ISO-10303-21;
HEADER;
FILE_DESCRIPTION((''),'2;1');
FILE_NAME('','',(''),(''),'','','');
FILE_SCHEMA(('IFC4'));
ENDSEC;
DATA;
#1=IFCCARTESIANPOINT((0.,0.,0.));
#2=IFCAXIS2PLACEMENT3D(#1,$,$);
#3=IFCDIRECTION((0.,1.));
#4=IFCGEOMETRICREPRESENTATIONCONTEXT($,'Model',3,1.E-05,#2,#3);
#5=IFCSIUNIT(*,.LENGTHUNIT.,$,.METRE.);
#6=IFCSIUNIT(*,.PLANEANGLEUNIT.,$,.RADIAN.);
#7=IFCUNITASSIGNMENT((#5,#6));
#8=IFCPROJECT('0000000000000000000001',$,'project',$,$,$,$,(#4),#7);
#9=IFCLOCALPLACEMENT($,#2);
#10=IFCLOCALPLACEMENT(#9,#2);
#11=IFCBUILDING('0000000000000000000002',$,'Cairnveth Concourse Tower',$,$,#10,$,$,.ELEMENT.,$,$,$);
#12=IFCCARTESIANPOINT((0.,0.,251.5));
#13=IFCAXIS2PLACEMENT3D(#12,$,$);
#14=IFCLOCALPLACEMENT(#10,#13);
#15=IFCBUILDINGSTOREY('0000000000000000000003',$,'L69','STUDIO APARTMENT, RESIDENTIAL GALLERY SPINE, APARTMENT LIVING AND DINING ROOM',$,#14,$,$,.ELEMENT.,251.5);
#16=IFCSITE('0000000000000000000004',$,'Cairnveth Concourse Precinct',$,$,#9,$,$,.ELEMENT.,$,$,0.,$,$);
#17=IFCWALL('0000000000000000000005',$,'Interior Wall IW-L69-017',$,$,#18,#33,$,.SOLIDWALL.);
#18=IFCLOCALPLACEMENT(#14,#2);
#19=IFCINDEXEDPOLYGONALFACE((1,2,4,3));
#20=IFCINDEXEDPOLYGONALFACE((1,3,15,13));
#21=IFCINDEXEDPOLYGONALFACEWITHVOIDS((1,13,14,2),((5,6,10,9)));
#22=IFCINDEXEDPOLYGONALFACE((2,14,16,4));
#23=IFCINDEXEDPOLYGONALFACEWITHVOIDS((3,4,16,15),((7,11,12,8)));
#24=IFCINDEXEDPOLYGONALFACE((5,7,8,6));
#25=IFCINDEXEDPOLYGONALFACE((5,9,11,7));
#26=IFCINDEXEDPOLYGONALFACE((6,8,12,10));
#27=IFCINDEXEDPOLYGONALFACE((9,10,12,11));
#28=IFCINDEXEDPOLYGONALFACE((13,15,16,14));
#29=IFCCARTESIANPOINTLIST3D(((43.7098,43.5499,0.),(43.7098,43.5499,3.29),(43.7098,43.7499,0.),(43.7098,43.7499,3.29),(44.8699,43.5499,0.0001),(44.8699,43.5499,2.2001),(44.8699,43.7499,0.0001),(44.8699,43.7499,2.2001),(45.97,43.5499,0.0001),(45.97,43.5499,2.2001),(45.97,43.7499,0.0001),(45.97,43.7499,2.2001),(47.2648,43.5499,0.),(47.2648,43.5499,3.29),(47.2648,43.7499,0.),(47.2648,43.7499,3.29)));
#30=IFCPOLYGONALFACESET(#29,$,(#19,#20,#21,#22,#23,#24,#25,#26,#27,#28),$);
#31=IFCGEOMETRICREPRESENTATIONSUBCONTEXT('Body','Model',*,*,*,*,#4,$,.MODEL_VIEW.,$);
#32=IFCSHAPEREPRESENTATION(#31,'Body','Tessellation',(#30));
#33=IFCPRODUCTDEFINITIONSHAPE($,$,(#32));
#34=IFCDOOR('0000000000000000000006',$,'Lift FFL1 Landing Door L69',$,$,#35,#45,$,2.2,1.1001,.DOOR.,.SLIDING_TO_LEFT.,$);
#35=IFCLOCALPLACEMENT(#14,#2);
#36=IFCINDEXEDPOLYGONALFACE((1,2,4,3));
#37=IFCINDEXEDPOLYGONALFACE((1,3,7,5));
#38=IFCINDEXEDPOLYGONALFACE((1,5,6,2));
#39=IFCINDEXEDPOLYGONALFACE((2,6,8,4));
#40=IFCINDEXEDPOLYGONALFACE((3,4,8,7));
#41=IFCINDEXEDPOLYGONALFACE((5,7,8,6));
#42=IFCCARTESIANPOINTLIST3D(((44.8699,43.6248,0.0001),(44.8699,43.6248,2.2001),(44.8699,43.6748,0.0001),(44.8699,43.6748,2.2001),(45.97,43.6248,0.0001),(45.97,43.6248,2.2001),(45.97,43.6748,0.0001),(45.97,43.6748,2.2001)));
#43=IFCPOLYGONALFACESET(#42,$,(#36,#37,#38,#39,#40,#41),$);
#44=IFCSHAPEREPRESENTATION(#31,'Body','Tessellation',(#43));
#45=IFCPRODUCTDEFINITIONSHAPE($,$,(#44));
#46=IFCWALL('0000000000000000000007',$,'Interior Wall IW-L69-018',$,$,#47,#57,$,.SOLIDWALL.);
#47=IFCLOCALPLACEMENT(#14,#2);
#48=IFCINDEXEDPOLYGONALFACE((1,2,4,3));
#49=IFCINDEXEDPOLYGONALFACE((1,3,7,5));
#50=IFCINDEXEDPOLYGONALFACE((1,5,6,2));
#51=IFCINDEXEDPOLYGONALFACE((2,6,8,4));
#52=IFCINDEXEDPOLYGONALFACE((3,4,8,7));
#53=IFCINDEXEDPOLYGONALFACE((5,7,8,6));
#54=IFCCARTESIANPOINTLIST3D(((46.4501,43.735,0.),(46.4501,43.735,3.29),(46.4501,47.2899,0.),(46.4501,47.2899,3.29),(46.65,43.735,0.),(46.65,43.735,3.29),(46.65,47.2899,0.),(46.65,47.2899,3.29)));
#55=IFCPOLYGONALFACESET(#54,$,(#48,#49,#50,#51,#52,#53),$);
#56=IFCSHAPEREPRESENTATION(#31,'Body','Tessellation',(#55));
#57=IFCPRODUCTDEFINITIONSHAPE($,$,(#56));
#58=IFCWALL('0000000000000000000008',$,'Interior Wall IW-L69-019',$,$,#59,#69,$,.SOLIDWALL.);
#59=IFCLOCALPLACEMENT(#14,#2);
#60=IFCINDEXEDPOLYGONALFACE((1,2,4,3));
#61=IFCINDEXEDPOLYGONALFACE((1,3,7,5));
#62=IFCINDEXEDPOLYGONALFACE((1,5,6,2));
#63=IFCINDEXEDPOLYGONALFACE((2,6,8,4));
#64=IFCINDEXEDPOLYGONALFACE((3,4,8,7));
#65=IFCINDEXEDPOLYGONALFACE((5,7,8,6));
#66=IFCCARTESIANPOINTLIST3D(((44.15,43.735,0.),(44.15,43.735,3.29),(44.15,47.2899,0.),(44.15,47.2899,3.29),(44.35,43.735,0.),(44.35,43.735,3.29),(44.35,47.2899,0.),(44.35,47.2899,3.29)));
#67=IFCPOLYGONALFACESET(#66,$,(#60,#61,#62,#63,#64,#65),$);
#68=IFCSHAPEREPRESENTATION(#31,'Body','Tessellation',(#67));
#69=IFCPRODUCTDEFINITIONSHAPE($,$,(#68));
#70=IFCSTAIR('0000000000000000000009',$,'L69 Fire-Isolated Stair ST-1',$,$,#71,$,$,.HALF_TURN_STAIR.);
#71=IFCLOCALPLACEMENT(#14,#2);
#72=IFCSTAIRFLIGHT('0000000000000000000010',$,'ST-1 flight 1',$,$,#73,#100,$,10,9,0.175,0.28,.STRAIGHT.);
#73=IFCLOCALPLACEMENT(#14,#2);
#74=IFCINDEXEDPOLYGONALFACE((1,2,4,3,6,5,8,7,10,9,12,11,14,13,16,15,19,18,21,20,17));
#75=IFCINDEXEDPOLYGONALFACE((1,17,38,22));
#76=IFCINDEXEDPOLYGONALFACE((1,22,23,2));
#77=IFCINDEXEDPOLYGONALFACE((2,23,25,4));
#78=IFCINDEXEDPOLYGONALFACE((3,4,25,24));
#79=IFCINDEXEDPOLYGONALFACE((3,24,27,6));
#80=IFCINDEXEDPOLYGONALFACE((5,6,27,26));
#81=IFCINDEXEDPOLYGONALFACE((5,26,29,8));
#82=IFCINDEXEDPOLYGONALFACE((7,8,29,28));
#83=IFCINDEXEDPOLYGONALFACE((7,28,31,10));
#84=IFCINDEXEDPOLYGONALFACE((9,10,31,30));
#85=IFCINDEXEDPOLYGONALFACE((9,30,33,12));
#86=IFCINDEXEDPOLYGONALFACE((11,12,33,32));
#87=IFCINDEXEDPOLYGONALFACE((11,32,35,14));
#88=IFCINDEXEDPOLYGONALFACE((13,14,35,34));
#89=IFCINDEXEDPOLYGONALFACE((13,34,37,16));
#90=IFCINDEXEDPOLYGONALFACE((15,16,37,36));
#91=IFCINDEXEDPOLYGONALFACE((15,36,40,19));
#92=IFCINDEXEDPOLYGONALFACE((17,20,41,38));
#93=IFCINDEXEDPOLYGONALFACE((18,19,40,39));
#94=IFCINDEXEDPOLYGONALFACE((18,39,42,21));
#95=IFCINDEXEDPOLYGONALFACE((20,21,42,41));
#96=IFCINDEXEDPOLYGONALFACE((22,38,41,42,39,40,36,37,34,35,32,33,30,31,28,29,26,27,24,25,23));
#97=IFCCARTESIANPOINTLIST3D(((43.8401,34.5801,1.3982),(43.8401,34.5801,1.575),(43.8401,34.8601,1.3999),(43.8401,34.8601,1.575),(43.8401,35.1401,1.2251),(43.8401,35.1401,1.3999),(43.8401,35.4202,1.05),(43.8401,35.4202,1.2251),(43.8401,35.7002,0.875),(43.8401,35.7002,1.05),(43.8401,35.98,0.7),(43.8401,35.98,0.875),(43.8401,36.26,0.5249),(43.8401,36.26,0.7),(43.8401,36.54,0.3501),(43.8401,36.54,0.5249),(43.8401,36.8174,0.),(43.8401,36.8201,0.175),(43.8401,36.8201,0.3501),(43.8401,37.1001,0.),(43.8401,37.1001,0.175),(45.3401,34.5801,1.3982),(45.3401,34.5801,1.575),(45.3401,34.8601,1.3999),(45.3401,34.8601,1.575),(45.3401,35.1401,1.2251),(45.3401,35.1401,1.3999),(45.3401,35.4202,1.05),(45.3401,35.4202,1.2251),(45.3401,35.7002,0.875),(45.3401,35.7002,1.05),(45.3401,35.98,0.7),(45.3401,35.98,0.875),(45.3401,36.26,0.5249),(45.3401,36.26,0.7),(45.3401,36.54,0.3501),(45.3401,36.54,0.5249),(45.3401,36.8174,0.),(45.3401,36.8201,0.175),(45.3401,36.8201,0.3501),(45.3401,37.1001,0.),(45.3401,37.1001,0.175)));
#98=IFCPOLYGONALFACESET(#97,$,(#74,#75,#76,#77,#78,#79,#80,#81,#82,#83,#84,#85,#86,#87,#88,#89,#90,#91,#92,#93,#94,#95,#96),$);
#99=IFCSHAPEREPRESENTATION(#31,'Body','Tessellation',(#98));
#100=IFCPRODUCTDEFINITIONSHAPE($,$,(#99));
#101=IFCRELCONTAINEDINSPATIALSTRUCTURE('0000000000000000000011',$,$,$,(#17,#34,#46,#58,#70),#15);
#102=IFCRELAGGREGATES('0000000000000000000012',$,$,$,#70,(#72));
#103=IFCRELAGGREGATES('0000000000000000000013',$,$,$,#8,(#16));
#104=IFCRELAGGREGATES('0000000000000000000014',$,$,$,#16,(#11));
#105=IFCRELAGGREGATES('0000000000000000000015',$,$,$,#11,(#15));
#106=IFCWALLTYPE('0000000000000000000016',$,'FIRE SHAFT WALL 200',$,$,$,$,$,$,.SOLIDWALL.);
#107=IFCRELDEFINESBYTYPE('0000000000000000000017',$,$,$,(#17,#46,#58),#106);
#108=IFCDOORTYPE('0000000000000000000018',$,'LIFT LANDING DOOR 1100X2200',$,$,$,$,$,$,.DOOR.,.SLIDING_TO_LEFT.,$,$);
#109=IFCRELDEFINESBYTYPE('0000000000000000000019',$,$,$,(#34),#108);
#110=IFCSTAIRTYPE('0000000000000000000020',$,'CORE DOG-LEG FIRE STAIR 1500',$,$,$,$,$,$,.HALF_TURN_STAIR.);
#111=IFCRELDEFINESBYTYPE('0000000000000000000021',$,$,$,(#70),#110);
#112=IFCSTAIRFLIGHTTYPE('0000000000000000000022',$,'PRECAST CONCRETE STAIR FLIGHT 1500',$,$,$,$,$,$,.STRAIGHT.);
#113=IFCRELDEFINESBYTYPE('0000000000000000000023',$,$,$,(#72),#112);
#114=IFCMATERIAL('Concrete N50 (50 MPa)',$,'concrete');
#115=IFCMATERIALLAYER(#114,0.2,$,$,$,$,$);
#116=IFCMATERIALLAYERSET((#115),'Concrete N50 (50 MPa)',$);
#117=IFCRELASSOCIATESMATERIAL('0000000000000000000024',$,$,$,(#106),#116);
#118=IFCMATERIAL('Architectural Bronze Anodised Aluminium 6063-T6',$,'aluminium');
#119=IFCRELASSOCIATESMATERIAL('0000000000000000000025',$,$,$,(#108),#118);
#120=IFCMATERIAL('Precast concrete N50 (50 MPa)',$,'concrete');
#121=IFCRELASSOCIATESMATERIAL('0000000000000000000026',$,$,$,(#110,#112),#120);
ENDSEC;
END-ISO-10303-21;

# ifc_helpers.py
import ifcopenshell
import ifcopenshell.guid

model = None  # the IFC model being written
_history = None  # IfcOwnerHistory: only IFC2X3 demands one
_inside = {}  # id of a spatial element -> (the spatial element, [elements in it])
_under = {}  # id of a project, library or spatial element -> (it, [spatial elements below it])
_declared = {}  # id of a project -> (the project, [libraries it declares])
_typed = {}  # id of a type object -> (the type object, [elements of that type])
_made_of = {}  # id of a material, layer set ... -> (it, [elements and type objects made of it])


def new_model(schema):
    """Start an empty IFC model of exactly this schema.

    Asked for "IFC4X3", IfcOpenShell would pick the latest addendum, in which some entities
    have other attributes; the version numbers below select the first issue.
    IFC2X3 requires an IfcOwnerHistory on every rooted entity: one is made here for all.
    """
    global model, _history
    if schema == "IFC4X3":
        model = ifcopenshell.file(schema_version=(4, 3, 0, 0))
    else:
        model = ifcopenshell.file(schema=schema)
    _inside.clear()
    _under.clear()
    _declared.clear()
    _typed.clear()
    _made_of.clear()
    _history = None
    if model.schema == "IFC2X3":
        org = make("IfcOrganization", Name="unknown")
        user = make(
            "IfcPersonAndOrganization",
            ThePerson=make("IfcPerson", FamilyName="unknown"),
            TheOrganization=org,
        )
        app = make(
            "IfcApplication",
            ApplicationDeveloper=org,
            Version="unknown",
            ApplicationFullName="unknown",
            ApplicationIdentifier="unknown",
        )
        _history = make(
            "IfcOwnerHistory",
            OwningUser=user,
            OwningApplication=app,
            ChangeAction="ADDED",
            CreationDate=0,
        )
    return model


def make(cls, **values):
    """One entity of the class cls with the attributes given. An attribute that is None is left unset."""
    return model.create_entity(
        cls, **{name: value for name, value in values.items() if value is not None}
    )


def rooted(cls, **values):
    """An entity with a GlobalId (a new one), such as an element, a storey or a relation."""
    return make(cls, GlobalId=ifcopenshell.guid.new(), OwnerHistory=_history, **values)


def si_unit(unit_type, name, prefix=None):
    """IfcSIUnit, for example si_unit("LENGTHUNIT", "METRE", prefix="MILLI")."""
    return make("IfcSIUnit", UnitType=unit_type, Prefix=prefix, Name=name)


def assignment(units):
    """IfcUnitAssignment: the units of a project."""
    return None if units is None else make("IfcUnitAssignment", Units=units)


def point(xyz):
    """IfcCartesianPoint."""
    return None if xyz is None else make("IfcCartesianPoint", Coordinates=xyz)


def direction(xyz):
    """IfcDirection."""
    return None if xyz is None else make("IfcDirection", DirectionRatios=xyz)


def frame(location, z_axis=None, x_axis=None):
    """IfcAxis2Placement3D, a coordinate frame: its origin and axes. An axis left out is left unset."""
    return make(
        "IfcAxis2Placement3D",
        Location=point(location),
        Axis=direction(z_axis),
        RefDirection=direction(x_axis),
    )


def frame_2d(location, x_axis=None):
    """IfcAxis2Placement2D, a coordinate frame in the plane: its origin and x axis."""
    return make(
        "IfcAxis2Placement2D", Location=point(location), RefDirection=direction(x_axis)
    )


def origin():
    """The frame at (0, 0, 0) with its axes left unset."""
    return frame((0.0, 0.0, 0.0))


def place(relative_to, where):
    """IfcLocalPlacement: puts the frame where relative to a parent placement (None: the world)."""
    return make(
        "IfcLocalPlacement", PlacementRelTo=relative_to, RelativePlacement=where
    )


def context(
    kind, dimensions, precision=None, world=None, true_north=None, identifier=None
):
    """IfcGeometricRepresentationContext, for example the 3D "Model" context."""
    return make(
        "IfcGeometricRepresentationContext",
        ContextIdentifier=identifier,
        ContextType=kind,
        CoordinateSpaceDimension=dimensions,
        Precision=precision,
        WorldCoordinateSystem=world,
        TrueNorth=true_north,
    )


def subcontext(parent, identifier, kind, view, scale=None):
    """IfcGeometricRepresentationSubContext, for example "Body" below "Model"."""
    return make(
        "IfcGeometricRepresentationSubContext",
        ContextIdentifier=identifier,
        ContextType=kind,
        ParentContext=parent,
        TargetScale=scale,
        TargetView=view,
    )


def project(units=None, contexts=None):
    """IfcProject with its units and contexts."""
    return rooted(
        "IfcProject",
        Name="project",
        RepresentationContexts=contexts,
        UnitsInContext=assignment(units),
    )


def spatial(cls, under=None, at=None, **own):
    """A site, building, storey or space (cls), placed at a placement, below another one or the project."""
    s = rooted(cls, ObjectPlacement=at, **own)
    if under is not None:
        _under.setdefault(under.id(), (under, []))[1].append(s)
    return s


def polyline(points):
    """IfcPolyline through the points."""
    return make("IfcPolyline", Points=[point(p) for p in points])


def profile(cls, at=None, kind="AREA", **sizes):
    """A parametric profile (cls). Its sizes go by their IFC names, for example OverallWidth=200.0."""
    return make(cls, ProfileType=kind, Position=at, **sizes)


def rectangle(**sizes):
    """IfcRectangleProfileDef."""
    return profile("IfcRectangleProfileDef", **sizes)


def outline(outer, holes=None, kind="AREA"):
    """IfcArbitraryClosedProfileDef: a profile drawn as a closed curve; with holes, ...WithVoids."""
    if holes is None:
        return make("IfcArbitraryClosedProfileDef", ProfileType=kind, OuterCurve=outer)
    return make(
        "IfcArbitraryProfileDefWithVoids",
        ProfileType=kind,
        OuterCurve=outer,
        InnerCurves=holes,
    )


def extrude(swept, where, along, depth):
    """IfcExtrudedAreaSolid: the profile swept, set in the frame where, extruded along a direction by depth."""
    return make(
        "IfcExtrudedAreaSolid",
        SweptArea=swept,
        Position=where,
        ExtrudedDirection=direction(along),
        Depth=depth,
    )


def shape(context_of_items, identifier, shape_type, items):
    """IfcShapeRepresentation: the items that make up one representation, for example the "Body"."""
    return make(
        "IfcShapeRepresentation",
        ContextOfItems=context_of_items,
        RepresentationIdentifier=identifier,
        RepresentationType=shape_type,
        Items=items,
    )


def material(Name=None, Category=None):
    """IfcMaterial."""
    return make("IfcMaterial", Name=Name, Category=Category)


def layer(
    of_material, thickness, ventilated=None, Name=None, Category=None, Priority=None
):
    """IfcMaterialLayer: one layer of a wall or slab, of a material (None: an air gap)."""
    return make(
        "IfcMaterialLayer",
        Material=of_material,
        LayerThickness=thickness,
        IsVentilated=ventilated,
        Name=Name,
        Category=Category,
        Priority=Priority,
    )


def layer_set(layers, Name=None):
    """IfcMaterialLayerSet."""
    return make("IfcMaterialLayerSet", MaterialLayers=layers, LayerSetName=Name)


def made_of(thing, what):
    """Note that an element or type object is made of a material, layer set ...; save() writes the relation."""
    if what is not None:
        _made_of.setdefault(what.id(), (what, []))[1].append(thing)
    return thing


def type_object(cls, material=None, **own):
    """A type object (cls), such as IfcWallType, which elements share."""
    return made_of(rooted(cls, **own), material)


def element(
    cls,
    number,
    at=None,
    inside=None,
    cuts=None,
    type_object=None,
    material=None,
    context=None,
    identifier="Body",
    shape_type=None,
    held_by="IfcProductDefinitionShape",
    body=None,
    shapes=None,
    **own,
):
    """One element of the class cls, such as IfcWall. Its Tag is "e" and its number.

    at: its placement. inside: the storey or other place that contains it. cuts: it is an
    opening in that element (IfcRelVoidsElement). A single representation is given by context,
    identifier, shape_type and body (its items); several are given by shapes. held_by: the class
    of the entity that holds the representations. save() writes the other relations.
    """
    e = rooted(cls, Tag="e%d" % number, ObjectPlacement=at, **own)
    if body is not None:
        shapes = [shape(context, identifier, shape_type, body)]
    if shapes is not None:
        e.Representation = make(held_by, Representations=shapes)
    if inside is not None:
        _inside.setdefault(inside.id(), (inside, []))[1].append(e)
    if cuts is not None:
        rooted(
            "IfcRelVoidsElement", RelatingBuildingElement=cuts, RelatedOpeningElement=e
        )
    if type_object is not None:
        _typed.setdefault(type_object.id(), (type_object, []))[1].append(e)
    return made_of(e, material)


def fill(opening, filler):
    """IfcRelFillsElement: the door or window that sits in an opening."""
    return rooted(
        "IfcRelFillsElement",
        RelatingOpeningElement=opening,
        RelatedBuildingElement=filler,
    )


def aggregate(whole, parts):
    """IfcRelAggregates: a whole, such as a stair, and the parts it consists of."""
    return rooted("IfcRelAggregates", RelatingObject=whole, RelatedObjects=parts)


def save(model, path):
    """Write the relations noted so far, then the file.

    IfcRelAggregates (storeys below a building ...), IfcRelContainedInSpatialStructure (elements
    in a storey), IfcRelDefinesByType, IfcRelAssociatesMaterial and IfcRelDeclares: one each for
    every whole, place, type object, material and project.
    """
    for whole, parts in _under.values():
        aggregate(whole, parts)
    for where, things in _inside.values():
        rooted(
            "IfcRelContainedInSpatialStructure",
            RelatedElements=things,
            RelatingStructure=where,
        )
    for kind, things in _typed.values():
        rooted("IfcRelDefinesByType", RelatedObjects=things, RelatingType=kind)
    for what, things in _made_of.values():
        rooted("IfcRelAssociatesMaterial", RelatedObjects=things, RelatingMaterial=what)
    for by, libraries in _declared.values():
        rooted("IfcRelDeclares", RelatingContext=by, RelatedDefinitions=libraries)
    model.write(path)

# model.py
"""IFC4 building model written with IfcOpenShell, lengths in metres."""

from ifc_helpers import new_model, si_unit, direction, frame, frame_2d, origin, place, context, subcontext, project, spatial, polyline, rectangle, outline, extrude, material, layer, layer_set, type_object, element, fill, aggregate, save


model = new_model("IFC4")

# Units and contexts
model_context = context("Model", 3, precision=1e-05, world=origin(), true_north=direction((0.0, 1.0)))
body_context = subcontext(model_context, "Body", "Model", "MODEL_VIEW")
ifc_project = project(units=[si_unit("LENGTHUNIT", "METRE"), si_unit("PLANEANGLEUNIT", "RADIAN")], contexts=[model_context])

# Site, building, storey
site_placement = place(None, origin())
site = spatial("IfcSite", under=ifc_project, at=site_placement, Name="Cairnveth Concourse Precinct", CompositionType="ELEMENT", RefElevation=0.0)
building_placement = place(site_placement, origin())
building = spatial("IfcBuilding", under=site, at=building_placement, Name="Cairnveth Concourse Tower", CompositionType="ELEMENT")
storey_placement = place(building_placement, frame((0.0, 0.0, 251.5)))
storey = spatial("IfcBuildingStorey", under=building, at=storey_placement, Name="L69", Description="STUDIO APARTMENT, RESIDENTIAL GALLERY SPINE, APARTMENT LIVING AND DINING ROOM", CompositionType="ELEMENT", Elevation=251.5)

# Shared definitions
ifc_material_1 = material(Name="Concrete N50 (50 MPa)", Category="concrete")

# Shared definitions
ifc_layer_1 = layer(ifc_material_1, 0.2)
ifc_layer_set_1 = layer_set([ifc_layer_1], Name="Concrete N50 (50 MPa)")
wall_type_1 = type_object("IfcWallType", Name="FIRE SHAFT WALL 200", PredefinedType="SOLIDWALL", material=ifc_layer_set_1)

# Wall, opening, door
wall_1_placement = place(storey_placement, frame((43.71, 43.6499, 0.0), z_axis=(0.0, 0.0, 1.0), x_axis=(1.0, 0.0, 0.0)))
wall_1 = element("IfcWall", 1, at=wall_1_placement, inside=storey, type_object=wall_type_1, Name="Interior Wall IW-L69-017", PredefinedType="SOLIDWALL", context=body_context, shape_type="SweptSolid", body=[
    extrude(rectangle(XDim=3.5549, YDim=0.2, at=frame_2d((1.7773, 0.0))), origin(), (0.0, 0.0, 1.0), 3.29),
])
opening_1_placement = place(wall_1_placement, frame((1.1599, 0.0, 0.0)))
opening_1 = element("IfcOpeningElement", 2, at=opening_1_placement, cuts=wall_1, PredefinedType="OPENING", context=body_context, shape_type="SweptSolid", body=[
    extrude(rectangle(XDim=1.1001, YDim=2.2, at=frame_2d((0.55, 1.1001))), frame((0.0, 0.1099, 0.0), z_axis=(0.0, -1.0, 0.0), x_axis=(1.0, 0.0, 0.0)), (0.0, 0.0, 1.0), 0.22),
])
ifc_material_2 = material(Name="Architectural Bronze Anodised Aluminium 6063-T6", Category="aluminium")
door_type_1 = type_object("IfcDoorType", Name="LIFT LANDING DOOR 1100X2200", OperationType="SLIDING_TO_LEFT", PredefinedType="DOOR", material=ifc_material_2)
door_1_placement = place(opening_1_placement, origin())
door_1 = element("IfcDoor", 3, at=door_1_placement, inside=storey, type_object=door_type_1, Name="Lift FFL1 Landing Door L69", OperationType="SLIDING_TO_LEFT", OverallHeight=2.2, OverallWidth=1.1001, PredefinedType="DOOR", context=body_context, shape_type="SweptSolid", body=[
    extrude(rectangle(XDim=1.1001, YDim=2.2, at=frame_2d((0.55, 1.1001))), frame((0.0, 0.0249, 0.0), z_axis=(0.0, -1.0, 0.0), x_axis=(1.0, 0.0, 0.0)), (0.0, 0.0, 1.0), 0.05),
])
fill(opening_1, door_1)

# Walls
for number, where, z_axis, x_axis, name in (
    (4, (46.55, 43.7351, 0.0), (0.0, 0.0, 1.0), (0.0, 1.0, 0.0), "Interior Wall IW-L69-018"),
    (5, (44.25, 43.7351, 0.0), (0.0, 0.0, 1.0), (0.0, 1.0, 0.0), "Interior Wall IW-L69-019"),
):
    element("IfcWall", number, at=place(storey_placement, frame(where, z_axis=z_axis, x_axis=x_axis)), inside=storey, type_object=wall_type_1, Name=name, PredefinedType="SOLIDWALL", context=body_context, shape_type="SweptSolid", body=[
        extrude(rectangle(XDim=3.5549, YDim=0.2, at=frame_2d((1.7773, 0.0))), origin(), (0.0, 0.0, 1.0), 3.29),
    ])

# Stair, stair flight
ifc_material_3 = material(Name="Precast concrete N50 (50 MPa)", Category="concrete")
stair_type = type_object("IfcStairType", Name="CORE DOG-LEG FIRE STAIR 1500", PredefinedType="HALF_TURN_STAIR", material=ifc_material_3)
stair_placement = place(storey_placement, origin())
stair = element("IfcStair", 6, at=stair_placement, inside=storey, type_object=stair_type, Name="L69 Fire-Isolated Stair ST-1", PredefinedType="HALF_TURN_STAIR")
stair_flight_type = type_object("IfcStairFlightType", Name="PRECAST CONCRETE STAIR FLIGHT 1500", PredefinedType="STRAIGHT", material=ifc_material_3)
stair_flight_placement = place(storey_placement, frame((44.5901, 37.1001, 0.0), z_axis=(0.0, 0.0, 1.0), x_axis=(0.0, -1.0, 0.0)))
stair_flight = element("IfcStairFlight", 7, at=stair_flight_placement, type_object=stair_flight_type, Name="ST-1 flight 1", NumberOfRisers=10, NumberOfTreads=9, PredefinedType="STRAIGHT", RiserHeight=0.175, TreadLength=0.28, context=body_context, shape_type="SweptSolid", body=[
    extrude(outline(polyline([(0.0, 0.0), (0.0, 0.175), (0.28, 0.175), (0.28, 0.3501), (0.5601, 0.3501), (0.5601, 0.5249), (0.8401, 0.5249), (0.8401, 0.7), (1.1201, 0.7), (1.1201, 0.875), (1.3999, 0.875), (1.3999, 1.05), (1.6799, 1.05), (1.6799, 1.2251), (1.96, 1.2251), (1.96, 1.3999), (2.24, 1.3999), (2.24, 1.575), (2.52, 1.575), (2.52, 1.75), (2.52, 1.3982), (0.2827, 0.0), (0.0, 0.0)])), frame((0.0, 0.75, 0.0), z_axis=(0.0, -1.0, 0.0), x_axis=(1.0, 0.0, 0.0)), (0.0, 0.0, 1.0), 1.5),
])
aggregate(stair, [stair_flight])

save(model, "model.ifc")
